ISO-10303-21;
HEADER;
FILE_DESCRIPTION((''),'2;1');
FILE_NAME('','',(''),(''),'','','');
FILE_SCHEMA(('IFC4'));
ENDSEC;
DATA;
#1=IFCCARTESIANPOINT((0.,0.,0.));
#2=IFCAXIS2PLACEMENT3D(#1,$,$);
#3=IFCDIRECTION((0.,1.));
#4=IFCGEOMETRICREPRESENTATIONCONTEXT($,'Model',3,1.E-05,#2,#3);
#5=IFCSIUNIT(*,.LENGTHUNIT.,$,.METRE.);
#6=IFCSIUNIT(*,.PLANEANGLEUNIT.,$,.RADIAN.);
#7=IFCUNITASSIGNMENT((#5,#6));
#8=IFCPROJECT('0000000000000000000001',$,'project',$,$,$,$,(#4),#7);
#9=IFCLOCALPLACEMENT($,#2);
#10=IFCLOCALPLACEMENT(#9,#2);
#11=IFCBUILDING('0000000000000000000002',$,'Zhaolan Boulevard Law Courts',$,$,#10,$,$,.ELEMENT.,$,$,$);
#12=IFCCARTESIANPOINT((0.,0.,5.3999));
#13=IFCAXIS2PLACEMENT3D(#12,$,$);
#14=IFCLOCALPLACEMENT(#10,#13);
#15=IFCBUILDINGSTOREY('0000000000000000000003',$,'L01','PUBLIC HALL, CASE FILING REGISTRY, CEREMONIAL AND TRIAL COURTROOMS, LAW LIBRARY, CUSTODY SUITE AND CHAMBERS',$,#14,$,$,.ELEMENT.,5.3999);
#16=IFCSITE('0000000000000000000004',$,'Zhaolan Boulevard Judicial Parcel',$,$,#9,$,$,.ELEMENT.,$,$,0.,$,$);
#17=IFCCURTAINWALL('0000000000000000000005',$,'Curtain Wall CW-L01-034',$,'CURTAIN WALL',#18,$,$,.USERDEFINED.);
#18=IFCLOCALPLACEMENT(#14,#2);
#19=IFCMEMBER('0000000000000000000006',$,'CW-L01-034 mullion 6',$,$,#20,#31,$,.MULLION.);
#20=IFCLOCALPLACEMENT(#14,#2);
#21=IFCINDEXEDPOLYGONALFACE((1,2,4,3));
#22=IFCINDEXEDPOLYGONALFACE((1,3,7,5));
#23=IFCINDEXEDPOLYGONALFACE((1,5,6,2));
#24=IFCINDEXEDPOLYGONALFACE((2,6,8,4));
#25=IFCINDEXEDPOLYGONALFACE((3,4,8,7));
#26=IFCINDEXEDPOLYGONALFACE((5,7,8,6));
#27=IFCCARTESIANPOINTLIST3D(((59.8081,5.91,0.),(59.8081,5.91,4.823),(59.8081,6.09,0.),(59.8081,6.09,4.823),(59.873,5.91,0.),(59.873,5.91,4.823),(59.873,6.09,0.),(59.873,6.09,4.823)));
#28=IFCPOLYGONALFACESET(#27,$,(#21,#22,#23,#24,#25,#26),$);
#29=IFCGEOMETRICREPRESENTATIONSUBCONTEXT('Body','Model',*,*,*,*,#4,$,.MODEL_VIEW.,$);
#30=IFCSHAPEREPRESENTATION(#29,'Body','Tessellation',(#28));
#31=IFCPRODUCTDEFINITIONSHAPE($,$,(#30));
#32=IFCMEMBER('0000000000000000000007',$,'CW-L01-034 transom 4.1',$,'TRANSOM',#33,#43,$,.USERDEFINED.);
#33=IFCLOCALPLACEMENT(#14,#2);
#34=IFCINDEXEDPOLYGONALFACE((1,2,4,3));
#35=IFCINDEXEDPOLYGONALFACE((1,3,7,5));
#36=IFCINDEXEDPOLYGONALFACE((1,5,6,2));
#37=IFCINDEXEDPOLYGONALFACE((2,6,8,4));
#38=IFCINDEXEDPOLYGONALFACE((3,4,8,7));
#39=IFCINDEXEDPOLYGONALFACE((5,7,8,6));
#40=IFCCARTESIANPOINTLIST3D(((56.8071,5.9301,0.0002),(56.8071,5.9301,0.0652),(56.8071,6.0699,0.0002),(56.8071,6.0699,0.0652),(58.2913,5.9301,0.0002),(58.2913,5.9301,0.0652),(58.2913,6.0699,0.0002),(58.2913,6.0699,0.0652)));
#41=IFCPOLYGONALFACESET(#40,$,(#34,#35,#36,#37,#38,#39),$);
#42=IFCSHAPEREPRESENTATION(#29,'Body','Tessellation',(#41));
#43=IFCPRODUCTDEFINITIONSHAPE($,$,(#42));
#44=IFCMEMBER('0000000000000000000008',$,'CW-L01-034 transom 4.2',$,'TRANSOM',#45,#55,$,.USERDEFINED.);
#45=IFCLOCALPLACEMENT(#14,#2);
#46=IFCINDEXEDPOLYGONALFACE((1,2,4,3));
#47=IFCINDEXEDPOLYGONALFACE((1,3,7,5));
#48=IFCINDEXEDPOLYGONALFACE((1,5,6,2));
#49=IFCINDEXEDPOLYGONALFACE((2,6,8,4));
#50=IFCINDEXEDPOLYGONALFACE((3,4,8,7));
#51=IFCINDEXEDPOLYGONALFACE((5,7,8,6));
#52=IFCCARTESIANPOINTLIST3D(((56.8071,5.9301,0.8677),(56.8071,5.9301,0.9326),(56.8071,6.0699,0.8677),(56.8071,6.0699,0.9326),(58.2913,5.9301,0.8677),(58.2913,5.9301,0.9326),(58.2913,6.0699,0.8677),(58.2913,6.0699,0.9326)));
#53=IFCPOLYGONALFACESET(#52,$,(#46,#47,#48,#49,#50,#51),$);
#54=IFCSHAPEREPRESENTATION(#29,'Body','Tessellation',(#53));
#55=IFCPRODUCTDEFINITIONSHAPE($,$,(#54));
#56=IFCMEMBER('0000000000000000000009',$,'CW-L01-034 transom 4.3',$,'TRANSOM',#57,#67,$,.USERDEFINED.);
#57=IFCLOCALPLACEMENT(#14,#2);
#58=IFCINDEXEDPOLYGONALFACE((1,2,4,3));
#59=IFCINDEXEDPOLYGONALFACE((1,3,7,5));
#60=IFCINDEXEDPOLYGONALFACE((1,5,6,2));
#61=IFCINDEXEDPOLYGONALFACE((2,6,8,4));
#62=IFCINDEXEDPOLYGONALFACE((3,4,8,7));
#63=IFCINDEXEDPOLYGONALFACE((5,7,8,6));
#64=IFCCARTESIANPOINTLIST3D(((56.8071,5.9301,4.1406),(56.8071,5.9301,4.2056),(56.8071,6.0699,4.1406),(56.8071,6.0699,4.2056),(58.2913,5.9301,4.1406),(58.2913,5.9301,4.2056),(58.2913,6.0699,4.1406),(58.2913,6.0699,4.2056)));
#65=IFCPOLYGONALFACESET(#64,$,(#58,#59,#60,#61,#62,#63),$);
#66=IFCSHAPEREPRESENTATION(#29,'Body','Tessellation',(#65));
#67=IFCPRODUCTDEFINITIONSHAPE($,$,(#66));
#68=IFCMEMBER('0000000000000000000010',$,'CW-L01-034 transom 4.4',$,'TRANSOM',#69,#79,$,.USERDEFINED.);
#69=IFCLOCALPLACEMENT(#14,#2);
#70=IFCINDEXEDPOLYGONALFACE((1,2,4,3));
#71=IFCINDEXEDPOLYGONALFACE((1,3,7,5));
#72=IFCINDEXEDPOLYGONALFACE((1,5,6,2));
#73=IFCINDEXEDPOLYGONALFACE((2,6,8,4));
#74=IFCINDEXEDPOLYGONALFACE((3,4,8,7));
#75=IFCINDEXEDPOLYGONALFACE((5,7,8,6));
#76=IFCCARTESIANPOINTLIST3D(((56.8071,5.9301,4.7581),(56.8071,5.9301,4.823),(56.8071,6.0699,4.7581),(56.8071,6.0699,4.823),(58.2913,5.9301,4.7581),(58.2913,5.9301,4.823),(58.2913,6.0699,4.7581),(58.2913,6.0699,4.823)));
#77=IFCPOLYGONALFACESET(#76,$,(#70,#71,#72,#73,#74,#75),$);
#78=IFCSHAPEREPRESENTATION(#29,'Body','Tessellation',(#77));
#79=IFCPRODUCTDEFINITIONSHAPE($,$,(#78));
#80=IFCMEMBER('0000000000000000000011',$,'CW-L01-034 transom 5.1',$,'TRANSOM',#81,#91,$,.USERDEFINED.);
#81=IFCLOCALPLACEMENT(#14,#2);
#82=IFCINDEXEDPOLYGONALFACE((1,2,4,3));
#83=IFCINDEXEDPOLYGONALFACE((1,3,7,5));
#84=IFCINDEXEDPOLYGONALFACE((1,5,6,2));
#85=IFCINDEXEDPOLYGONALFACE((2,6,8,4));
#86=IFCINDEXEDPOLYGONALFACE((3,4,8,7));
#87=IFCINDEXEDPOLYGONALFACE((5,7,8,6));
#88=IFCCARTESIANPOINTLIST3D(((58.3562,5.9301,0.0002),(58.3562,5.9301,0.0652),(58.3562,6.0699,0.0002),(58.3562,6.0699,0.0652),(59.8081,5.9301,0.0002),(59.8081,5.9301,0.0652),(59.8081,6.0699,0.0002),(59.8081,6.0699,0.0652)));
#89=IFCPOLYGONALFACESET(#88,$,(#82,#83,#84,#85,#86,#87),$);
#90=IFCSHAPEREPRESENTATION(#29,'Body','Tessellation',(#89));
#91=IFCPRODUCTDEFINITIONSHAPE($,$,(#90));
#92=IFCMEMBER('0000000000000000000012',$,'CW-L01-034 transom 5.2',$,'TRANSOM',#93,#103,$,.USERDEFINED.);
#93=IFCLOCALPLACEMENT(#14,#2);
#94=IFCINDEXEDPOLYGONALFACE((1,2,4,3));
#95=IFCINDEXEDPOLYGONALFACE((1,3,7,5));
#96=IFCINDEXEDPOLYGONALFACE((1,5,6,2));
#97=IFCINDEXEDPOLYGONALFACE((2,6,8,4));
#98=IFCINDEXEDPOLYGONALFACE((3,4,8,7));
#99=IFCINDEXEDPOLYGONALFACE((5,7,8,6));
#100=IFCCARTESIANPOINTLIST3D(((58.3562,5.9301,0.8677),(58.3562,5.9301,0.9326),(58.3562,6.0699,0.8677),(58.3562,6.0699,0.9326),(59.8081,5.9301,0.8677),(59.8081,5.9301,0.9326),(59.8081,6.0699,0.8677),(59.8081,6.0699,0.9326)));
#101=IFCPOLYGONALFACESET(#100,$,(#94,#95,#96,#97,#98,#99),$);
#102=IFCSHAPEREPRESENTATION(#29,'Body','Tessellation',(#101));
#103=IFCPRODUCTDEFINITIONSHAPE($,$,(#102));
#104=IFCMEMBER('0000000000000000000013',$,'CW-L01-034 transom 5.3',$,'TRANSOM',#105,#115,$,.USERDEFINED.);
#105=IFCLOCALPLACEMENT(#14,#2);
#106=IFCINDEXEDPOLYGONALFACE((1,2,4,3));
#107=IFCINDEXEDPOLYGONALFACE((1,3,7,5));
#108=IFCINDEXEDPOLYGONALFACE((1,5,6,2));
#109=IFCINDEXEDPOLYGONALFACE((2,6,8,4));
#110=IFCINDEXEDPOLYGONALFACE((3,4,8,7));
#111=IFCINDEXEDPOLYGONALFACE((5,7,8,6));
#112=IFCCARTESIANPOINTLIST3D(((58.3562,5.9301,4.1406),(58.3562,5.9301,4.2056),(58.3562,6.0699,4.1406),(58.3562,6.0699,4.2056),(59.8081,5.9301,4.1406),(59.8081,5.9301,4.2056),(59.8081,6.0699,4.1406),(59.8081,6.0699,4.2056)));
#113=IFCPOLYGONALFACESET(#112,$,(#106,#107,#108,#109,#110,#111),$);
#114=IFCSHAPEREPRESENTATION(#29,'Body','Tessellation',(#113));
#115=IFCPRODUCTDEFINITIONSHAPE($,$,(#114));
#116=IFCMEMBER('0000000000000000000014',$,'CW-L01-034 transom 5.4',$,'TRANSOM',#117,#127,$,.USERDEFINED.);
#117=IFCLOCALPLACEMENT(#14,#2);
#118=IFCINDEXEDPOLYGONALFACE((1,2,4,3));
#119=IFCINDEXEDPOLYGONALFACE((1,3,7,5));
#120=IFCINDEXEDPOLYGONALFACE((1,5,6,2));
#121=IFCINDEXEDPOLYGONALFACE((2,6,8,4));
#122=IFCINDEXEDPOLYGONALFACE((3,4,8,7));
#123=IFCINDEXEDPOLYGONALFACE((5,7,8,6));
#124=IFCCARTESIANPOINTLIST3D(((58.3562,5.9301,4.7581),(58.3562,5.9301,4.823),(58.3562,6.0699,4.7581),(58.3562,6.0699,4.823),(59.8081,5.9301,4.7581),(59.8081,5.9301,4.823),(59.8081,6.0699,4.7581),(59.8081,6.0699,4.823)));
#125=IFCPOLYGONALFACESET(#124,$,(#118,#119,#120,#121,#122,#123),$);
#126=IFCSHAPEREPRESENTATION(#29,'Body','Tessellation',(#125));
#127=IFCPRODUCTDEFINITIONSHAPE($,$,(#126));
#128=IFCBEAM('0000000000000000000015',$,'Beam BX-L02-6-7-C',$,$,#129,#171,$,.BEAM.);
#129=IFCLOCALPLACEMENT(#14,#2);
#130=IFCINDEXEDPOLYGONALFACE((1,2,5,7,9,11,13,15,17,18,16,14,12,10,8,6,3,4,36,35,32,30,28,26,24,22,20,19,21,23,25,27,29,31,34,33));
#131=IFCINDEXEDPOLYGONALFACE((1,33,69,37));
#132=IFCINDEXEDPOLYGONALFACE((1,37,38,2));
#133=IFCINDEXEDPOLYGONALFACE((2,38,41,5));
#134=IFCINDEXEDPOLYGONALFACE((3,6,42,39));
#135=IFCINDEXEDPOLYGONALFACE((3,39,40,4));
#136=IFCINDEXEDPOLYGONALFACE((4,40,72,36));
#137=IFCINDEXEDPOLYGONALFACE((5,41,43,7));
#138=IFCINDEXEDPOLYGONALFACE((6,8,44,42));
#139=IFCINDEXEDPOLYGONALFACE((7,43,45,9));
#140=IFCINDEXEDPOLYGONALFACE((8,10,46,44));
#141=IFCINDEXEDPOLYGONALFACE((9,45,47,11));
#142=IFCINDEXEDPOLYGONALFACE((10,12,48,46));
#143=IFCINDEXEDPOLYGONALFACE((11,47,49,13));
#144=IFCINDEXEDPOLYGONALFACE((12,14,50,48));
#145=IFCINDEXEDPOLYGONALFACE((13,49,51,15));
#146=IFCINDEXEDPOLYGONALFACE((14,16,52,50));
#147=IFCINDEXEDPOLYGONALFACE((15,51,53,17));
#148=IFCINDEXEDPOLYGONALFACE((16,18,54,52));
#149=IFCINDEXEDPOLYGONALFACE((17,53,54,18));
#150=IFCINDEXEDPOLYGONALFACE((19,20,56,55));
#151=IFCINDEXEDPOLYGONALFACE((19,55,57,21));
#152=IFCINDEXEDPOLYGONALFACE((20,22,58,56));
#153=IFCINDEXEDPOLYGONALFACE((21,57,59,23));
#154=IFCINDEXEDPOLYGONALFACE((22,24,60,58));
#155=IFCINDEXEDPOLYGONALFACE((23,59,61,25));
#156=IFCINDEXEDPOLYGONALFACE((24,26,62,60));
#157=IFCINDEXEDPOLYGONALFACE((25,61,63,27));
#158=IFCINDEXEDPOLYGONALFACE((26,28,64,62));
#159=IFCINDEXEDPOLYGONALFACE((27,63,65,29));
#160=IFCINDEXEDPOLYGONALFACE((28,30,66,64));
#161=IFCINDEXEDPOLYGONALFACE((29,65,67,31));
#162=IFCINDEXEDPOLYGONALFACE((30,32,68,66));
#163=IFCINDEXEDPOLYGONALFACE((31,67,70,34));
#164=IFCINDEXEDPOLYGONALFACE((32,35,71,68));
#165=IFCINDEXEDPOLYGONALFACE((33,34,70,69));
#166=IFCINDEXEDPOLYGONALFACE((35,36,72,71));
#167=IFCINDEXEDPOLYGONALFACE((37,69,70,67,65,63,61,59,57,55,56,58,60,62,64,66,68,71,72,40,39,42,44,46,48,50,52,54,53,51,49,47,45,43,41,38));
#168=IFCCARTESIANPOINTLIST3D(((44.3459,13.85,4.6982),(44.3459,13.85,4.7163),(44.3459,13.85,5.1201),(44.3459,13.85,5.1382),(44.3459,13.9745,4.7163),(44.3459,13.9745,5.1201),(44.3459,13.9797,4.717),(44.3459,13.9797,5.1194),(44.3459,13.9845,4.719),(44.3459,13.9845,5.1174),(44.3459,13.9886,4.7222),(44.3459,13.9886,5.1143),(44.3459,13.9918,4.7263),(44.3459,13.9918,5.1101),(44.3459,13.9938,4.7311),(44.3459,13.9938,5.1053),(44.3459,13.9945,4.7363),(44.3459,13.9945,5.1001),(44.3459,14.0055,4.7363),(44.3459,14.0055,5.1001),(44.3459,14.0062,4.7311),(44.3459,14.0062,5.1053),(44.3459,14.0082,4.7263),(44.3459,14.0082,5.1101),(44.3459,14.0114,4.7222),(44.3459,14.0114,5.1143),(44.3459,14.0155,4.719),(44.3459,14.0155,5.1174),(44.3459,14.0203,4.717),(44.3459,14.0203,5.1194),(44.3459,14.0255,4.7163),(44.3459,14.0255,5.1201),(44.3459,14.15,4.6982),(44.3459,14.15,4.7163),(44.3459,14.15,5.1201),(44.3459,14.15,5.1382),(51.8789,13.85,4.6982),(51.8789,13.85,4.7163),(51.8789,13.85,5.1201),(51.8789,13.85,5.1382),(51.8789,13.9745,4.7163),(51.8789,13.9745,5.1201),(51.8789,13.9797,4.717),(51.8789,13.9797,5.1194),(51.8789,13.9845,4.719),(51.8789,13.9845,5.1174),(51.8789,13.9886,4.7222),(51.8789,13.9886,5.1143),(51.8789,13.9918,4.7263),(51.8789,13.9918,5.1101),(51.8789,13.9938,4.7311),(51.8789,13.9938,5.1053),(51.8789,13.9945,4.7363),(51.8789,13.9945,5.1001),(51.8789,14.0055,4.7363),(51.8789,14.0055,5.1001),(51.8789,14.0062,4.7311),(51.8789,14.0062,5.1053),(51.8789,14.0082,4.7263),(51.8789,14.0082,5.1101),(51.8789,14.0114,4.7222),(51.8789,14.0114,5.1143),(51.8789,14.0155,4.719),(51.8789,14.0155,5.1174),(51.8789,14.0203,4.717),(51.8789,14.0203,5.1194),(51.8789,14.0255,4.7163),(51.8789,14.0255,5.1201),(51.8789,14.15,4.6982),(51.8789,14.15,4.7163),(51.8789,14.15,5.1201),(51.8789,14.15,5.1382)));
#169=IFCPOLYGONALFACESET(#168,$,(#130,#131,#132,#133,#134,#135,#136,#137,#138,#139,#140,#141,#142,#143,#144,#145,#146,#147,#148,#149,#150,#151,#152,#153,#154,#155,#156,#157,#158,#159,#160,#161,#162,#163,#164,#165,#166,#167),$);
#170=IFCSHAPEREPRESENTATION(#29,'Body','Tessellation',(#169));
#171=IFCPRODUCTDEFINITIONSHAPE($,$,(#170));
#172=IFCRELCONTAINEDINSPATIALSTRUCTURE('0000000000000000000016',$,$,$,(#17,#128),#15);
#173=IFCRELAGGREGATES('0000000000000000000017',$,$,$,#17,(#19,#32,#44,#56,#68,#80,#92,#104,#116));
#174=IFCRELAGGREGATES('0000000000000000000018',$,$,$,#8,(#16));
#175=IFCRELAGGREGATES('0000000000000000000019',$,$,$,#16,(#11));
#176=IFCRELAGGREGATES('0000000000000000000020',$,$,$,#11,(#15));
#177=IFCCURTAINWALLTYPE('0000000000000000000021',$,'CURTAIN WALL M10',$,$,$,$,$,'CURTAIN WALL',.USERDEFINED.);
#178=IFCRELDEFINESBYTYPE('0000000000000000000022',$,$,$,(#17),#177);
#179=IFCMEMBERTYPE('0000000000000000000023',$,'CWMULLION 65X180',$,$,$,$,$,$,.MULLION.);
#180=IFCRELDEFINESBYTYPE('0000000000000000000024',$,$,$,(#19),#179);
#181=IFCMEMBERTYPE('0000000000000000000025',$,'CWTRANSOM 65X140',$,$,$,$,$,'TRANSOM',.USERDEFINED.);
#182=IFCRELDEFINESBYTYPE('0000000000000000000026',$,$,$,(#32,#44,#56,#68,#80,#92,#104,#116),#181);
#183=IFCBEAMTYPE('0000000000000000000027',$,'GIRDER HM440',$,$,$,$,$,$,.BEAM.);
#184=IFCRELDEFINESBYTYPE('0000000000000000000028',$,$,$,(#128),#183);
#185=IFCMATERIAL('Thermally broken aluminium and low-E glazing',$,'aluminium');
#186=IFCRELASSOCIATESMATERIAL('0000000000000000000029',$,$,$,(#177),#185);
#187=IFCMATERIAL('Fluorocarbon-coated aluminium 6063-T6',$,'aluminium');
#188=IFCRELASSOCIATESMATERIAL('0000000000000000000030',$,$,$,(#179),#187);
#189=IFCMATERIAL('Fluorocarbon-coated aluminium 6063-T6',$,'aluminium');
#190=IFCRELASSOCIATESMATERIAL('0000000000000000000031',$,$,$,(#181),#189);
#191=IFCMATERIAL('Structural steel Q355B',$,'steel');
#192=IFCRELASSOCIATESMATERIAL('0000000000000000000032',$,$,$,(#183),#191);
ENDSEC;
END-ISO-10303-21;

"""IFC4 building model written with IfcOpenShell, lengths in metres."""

from ifc_helpers import new_model, si_unit, direction, frame, origin, origin_2d, place, context, subcontext, project, spatial, rectangle, i_section, extrude, material, material_profile, profile_set, type_object, element, aggregate, save


model = new_model("IFC4")

# Units and contexts
model_context = context("Model", 3, precision=1e-05, world=origin(), true_north=direction((0.0, 1.0)))
body_context = subcontext(model_context, "Body", "Model", "MODEL_VIEW")
ifc_project = project(units=[si_unit("LENGTHUNIT", "METRE"), si_unit("PLANEANGLEUNIT", "RADIAN")], contexts=[model_context])

# Site, building, storey
site_placement = place(None, origin())
site = spatial("IfcSite", under=ifc_project, at=site_placement, Name="Zhaolan Boulevard Judicial Parcel", CompositionType="ELEMENT", RefElevation=0.0)
building_placement = place(site_placement, origin())
building = spatial("IfcBuilding", under=site, at=building_placement, Name="Zhaolan Boulevard Law Courts", CompositionType="ELEMENT")
storey_placement = place(building_placement, frame((0.0, 0.0, 5.3999)))
storey = spatial("IfcBuildingStorey", under=building, at=storey_placement, Name="L01", Description="PUBLIC HALL, CASE FILING REGISTRY, CEREMONIAL AND TRIAL COURTROOMS, LAW LIBRARY, CUSTODY SUITE AND CHAMBERS", CompositionType="ELEMENT", Elevation=5.3999)

# Curtain wall, members
ifc_material_1 = material(Name="Thermally broken aluminium and low-E glazing", Category="aluminium")
curtain_wall_type = type_object("IfcCurtainWallType", Name="CURTAIN WALL M10", ElementType="CURTAIN WALL", PredefinedType="USERDEFINED", material=ifc_material_1)
curtain_wall_placement = place(storey_placement, origin())
curtain_wall = element("IfcCurtainWall", 1, at=curtain_wall_placement, inside=storey, type_object=curtain_wall_type, Name="Curtain Wall CW-L01-034", ObjectType="CURTAIN WALL", PredefinedType="USERDEFINED")
ifc_material_2 = material(Name="Fluorocarbon-coated aluminium 6063-T6", Category="aluminium")
ifc_material_profile_1 = material_profile(ifc_material_2, rectangle(XDim=0.1799, YDim=0.0649, at=origin_2d()), Name="AL65x180")
ifc_profile_set_1 = profile_set([ifc_material_profile_1], Name="Fluorocarbon-coated aluminium 6063-T6")
member_type_1 = type_object("IfcMemberType", Name="CWMULLION 65X180", PredefinedType="MULLION", material=ifc_profile_set_1)
member_1_placement = place(storey_placement, frame((59.8406, 6.0, 0.0), z_axis=(0.0, 0.0, 1.0), x_axis=(0.0, 1.0, 0.0)))
member_1 = element("IfcMember", 2, at=member_1_placement, type_object=member_type_1, Name="CW-L01-034 mullion 6", PredefinedType="MULLION", context=body_context, shape_type="SweptSolid", body=[
    extrude(rectangle(XDim=0.1799, YDim=0.0649, at=origin_2d()), origin(), (0.0, 0.0, 1.0), 4.823),
])
ifc_material_3 = material(Name="Fluorocarbon-coated aluminium 6063-T6", Category="aluminium")
ifc_material_profile_2 = material_profile(ifc_material_3, rectangle(XDim=0.1399, YDim=0.0649, at=origin_2d()), Name="AL65x140")
ifc_profile_set_2 = profile_set([ifc_material_profile_2], Name="Fluorocarbon-coated aluminium 6063-T6")
member_type_2 = type_object("IfcMemberType", Name="CWTRANSOM 65X140", ElementType="TRANSOM", PredefinedType="USERDEFINED", material=ifc_profile_set_2)
member_2_placement = place(storey_placement, frame((56.8071, 6.0, 0.0327), z_axis=(1.0, 0.0, 0.0), x_axis=(0.0, 1.0, 0.0)))
member_2 = element("IfcMember", 3, at=member_2_placement, type_object=member_type_2, Name="CW-L01-034 transom 4.1", ObjectType="TRANSOM", PredefinedType="USERDEFINED", context=body_context, shape_type="SweptSolid", body=[
    extrude(rectangle(XDim=0.1399, YDim=0.0649, at=origin_2d()), origin(), (0.0, 0.0, 1.0), 1.4841),
])
member_3_placement = place(storey_placement, frame((56.8071, 6.0, 0.9001), z_axis=(1.0, 0.0, 0.0), x_axis=(0.0, 1.0, 0.0)))
member_3 = element("IfcMember", 4, at=member_3_placement, type_object=member_type_2, Name="CW-L01-034 transom 4.2", ObjectType="TRANSOM", PredefinedType="USERDEFINED", context=body_context, shape_type="SweptSolid", body=[
    extrude(rectangle(XDim=0.1399, YDim=0.0649, at=origin_2d()), origin(), (0.0, 0.0, 1.0), 1.4841),
])
member_4_placement = place(storey_placement, frame((56.8071, 6.0, 4.1731), z_axis=(1.0, 0.0, 0.0), x_axis=(0.0, 1.0, 0.0)))
member_4 = element("IfcMember", 5, at=member_4_placement, type_object=member_type_2, Name="CW-L01-034 transom 4.3", ObjectType="TRANSOM", PredefinedType="USERDEFINED", context=body_context, shape_type="SweptSolid", body=[
    extrude(rectangle(XDim=0.1399, YDim=0.0649, at=origin_2d()), origin(), (0.0, 0.0, 1.0), 1.4841),
])
member_5_placement = place(storey_placement, frame((56.8071, 6.0, 4.7905), z_axis=(1.0, 0.0, 0.0), x_axis=(0.0, 1.0, 0.0)))
member_5 = element("IfcMember", 6, at=member_5_placement, type_object=member_type_2, Name="CW-L01-034 transom 4.4", ObjectType="TRANSOM", PredefinedType="USERDEFINED", context=body_context, shape_type="SweptSolid", body=[
    extrude(rectangle(XDim=0.1399, YDim=0.0649, at=origin_2d()), origin(), (0.0, 0.0, 1.0), 1.4841),
])
member_6_placement = place(storey_placement, frame((58.3562, 6.0, 0.0327), z_axis=(1.0, 0.0, 0.0), x_axis=(0.0, 1.0, 0.0)))
member_6 = element("IfcMember", 7, at=member_6_placement, type_object=member_type_2, Name="CW-L01-034 transom 5.1", ObjectType="TRANSOM", PredefinedType="USERDEFINED", context=body_context, shape_type="SweptSolid", body=[
    extrude(rectangle(XDim=0.1399, YDim=0.0649, at=origin_2d()), origin(), (0.0, 0.0, 1.0), 1.4519),
])
member_7_placement = place(storey_placement, frame((58.3562, 6.0, 0.9001), z_axis=(1.0, 0.0, 0.0), x_axis=(0.0, 1.0, 0.0)))
member_7 = element("IfcMember", 8, at=member_7_placement, type_object=member_type_2, Name="CW-L01-034 transom 5.2", ObjectType="TRANSOM", PredefinedType="USERDEFINED", context=body_context, shape_type="SweptSolid", body=[
    extrude(rectangle(XDim=0.1399, YDim=0.0649, at=origin_2d()), origin(), (0.0, 0.0, 1.0), 1.4519),
])
member_8_placement = place(storey_placement, frame((58.3562, 6.0, 4.1731), z_axis=(1.0, 0.0, 0.0), x_axis=(0.0, 1.0, 0.0)))
member_8 = element("IfcMember", 9, at=member_8_placement, type_object=member_type_2, Name="CW-L01-034 transom 5.3", ObjectType="TRANSOM", PredefinedType="USERDEFINED", context=body_context, shape_type="SweptSolid", body=[
    extrude(rectangle(XDim=0.1399, YDim=0.0649, at=origin_2d()), origin(), (0.0, 0.0, 1.0), 1.4519),
])
member_9_placement = place(storey_placement, frame((58.3562, 6.0, 4.7905), z_axis=(1.0, 0.0, 0.0), x_axis=(0.0, 1.0, 0.0)))
member_9 = element("IfcMember", 10, at=member_9_placement, type_object=member_type_2, Name="CW-L01-034 transom 5.4", ObjectType="TRANSOM", PredefinedType="USERDEFINED", context=body_context, shape_type="SweptSolid", body=[
    extrude(rectangle(XDim=0.1399, YDim=0.0649, at=origin_2d()), origin(), (0.0, 0.0, 1.0), 1.4519),
])

# Beam
ifc_material_4 = material(Name="Structural steel Q355B", Category="steel")
ifc_material_profile_3 = material_profile(ifc_material_4, i_section(OverallWidth=0.3, OverallDepth=0.4399, WebThickness=0.011, FlangeThickness=0.0181, FilletRadius=0.02, at=origin_2d()), Name="HM440x300")
ifc_profile_set_3 = profile_set([ifc_material_profile_3], Name="Structural steel Q355B")
beam_type_1 = type_object("IfcBeamType", Name="GIRDER HM440", PredefinedType="BEAM", material=ifc_profile_set_3)
beam_1_placement = place(storey_placement, frame((44.3459, 14.0, 4.9182), z_axis=(1.0, 0.0, 0.0), x_axis=(0.0, 1.0, 0.0)))
element("IfcBeam", 11, at=beam_1_placement, inside=storey, type_object=beam_type_1, Name="Beam BX-L02-6-7-C", PredefinedType="BEAM", context=body_context, shape_type="SweptSolid", body=[
    extrude(i_section(OverallWidth=0.3, OverallDepth=0.4399, WebThickness=0.011, FlangeThickness=0.0181, FilletRadius=0.02, at=origin_2d()), origin(), (0.0, 0.0, 1.0), 7.533),
])

aggregate(curtain_wall, [member_1, member_2, member_3, member_4, member_5, member_6, member_7, member_8, member_9])

save(model, "model.ifc")
